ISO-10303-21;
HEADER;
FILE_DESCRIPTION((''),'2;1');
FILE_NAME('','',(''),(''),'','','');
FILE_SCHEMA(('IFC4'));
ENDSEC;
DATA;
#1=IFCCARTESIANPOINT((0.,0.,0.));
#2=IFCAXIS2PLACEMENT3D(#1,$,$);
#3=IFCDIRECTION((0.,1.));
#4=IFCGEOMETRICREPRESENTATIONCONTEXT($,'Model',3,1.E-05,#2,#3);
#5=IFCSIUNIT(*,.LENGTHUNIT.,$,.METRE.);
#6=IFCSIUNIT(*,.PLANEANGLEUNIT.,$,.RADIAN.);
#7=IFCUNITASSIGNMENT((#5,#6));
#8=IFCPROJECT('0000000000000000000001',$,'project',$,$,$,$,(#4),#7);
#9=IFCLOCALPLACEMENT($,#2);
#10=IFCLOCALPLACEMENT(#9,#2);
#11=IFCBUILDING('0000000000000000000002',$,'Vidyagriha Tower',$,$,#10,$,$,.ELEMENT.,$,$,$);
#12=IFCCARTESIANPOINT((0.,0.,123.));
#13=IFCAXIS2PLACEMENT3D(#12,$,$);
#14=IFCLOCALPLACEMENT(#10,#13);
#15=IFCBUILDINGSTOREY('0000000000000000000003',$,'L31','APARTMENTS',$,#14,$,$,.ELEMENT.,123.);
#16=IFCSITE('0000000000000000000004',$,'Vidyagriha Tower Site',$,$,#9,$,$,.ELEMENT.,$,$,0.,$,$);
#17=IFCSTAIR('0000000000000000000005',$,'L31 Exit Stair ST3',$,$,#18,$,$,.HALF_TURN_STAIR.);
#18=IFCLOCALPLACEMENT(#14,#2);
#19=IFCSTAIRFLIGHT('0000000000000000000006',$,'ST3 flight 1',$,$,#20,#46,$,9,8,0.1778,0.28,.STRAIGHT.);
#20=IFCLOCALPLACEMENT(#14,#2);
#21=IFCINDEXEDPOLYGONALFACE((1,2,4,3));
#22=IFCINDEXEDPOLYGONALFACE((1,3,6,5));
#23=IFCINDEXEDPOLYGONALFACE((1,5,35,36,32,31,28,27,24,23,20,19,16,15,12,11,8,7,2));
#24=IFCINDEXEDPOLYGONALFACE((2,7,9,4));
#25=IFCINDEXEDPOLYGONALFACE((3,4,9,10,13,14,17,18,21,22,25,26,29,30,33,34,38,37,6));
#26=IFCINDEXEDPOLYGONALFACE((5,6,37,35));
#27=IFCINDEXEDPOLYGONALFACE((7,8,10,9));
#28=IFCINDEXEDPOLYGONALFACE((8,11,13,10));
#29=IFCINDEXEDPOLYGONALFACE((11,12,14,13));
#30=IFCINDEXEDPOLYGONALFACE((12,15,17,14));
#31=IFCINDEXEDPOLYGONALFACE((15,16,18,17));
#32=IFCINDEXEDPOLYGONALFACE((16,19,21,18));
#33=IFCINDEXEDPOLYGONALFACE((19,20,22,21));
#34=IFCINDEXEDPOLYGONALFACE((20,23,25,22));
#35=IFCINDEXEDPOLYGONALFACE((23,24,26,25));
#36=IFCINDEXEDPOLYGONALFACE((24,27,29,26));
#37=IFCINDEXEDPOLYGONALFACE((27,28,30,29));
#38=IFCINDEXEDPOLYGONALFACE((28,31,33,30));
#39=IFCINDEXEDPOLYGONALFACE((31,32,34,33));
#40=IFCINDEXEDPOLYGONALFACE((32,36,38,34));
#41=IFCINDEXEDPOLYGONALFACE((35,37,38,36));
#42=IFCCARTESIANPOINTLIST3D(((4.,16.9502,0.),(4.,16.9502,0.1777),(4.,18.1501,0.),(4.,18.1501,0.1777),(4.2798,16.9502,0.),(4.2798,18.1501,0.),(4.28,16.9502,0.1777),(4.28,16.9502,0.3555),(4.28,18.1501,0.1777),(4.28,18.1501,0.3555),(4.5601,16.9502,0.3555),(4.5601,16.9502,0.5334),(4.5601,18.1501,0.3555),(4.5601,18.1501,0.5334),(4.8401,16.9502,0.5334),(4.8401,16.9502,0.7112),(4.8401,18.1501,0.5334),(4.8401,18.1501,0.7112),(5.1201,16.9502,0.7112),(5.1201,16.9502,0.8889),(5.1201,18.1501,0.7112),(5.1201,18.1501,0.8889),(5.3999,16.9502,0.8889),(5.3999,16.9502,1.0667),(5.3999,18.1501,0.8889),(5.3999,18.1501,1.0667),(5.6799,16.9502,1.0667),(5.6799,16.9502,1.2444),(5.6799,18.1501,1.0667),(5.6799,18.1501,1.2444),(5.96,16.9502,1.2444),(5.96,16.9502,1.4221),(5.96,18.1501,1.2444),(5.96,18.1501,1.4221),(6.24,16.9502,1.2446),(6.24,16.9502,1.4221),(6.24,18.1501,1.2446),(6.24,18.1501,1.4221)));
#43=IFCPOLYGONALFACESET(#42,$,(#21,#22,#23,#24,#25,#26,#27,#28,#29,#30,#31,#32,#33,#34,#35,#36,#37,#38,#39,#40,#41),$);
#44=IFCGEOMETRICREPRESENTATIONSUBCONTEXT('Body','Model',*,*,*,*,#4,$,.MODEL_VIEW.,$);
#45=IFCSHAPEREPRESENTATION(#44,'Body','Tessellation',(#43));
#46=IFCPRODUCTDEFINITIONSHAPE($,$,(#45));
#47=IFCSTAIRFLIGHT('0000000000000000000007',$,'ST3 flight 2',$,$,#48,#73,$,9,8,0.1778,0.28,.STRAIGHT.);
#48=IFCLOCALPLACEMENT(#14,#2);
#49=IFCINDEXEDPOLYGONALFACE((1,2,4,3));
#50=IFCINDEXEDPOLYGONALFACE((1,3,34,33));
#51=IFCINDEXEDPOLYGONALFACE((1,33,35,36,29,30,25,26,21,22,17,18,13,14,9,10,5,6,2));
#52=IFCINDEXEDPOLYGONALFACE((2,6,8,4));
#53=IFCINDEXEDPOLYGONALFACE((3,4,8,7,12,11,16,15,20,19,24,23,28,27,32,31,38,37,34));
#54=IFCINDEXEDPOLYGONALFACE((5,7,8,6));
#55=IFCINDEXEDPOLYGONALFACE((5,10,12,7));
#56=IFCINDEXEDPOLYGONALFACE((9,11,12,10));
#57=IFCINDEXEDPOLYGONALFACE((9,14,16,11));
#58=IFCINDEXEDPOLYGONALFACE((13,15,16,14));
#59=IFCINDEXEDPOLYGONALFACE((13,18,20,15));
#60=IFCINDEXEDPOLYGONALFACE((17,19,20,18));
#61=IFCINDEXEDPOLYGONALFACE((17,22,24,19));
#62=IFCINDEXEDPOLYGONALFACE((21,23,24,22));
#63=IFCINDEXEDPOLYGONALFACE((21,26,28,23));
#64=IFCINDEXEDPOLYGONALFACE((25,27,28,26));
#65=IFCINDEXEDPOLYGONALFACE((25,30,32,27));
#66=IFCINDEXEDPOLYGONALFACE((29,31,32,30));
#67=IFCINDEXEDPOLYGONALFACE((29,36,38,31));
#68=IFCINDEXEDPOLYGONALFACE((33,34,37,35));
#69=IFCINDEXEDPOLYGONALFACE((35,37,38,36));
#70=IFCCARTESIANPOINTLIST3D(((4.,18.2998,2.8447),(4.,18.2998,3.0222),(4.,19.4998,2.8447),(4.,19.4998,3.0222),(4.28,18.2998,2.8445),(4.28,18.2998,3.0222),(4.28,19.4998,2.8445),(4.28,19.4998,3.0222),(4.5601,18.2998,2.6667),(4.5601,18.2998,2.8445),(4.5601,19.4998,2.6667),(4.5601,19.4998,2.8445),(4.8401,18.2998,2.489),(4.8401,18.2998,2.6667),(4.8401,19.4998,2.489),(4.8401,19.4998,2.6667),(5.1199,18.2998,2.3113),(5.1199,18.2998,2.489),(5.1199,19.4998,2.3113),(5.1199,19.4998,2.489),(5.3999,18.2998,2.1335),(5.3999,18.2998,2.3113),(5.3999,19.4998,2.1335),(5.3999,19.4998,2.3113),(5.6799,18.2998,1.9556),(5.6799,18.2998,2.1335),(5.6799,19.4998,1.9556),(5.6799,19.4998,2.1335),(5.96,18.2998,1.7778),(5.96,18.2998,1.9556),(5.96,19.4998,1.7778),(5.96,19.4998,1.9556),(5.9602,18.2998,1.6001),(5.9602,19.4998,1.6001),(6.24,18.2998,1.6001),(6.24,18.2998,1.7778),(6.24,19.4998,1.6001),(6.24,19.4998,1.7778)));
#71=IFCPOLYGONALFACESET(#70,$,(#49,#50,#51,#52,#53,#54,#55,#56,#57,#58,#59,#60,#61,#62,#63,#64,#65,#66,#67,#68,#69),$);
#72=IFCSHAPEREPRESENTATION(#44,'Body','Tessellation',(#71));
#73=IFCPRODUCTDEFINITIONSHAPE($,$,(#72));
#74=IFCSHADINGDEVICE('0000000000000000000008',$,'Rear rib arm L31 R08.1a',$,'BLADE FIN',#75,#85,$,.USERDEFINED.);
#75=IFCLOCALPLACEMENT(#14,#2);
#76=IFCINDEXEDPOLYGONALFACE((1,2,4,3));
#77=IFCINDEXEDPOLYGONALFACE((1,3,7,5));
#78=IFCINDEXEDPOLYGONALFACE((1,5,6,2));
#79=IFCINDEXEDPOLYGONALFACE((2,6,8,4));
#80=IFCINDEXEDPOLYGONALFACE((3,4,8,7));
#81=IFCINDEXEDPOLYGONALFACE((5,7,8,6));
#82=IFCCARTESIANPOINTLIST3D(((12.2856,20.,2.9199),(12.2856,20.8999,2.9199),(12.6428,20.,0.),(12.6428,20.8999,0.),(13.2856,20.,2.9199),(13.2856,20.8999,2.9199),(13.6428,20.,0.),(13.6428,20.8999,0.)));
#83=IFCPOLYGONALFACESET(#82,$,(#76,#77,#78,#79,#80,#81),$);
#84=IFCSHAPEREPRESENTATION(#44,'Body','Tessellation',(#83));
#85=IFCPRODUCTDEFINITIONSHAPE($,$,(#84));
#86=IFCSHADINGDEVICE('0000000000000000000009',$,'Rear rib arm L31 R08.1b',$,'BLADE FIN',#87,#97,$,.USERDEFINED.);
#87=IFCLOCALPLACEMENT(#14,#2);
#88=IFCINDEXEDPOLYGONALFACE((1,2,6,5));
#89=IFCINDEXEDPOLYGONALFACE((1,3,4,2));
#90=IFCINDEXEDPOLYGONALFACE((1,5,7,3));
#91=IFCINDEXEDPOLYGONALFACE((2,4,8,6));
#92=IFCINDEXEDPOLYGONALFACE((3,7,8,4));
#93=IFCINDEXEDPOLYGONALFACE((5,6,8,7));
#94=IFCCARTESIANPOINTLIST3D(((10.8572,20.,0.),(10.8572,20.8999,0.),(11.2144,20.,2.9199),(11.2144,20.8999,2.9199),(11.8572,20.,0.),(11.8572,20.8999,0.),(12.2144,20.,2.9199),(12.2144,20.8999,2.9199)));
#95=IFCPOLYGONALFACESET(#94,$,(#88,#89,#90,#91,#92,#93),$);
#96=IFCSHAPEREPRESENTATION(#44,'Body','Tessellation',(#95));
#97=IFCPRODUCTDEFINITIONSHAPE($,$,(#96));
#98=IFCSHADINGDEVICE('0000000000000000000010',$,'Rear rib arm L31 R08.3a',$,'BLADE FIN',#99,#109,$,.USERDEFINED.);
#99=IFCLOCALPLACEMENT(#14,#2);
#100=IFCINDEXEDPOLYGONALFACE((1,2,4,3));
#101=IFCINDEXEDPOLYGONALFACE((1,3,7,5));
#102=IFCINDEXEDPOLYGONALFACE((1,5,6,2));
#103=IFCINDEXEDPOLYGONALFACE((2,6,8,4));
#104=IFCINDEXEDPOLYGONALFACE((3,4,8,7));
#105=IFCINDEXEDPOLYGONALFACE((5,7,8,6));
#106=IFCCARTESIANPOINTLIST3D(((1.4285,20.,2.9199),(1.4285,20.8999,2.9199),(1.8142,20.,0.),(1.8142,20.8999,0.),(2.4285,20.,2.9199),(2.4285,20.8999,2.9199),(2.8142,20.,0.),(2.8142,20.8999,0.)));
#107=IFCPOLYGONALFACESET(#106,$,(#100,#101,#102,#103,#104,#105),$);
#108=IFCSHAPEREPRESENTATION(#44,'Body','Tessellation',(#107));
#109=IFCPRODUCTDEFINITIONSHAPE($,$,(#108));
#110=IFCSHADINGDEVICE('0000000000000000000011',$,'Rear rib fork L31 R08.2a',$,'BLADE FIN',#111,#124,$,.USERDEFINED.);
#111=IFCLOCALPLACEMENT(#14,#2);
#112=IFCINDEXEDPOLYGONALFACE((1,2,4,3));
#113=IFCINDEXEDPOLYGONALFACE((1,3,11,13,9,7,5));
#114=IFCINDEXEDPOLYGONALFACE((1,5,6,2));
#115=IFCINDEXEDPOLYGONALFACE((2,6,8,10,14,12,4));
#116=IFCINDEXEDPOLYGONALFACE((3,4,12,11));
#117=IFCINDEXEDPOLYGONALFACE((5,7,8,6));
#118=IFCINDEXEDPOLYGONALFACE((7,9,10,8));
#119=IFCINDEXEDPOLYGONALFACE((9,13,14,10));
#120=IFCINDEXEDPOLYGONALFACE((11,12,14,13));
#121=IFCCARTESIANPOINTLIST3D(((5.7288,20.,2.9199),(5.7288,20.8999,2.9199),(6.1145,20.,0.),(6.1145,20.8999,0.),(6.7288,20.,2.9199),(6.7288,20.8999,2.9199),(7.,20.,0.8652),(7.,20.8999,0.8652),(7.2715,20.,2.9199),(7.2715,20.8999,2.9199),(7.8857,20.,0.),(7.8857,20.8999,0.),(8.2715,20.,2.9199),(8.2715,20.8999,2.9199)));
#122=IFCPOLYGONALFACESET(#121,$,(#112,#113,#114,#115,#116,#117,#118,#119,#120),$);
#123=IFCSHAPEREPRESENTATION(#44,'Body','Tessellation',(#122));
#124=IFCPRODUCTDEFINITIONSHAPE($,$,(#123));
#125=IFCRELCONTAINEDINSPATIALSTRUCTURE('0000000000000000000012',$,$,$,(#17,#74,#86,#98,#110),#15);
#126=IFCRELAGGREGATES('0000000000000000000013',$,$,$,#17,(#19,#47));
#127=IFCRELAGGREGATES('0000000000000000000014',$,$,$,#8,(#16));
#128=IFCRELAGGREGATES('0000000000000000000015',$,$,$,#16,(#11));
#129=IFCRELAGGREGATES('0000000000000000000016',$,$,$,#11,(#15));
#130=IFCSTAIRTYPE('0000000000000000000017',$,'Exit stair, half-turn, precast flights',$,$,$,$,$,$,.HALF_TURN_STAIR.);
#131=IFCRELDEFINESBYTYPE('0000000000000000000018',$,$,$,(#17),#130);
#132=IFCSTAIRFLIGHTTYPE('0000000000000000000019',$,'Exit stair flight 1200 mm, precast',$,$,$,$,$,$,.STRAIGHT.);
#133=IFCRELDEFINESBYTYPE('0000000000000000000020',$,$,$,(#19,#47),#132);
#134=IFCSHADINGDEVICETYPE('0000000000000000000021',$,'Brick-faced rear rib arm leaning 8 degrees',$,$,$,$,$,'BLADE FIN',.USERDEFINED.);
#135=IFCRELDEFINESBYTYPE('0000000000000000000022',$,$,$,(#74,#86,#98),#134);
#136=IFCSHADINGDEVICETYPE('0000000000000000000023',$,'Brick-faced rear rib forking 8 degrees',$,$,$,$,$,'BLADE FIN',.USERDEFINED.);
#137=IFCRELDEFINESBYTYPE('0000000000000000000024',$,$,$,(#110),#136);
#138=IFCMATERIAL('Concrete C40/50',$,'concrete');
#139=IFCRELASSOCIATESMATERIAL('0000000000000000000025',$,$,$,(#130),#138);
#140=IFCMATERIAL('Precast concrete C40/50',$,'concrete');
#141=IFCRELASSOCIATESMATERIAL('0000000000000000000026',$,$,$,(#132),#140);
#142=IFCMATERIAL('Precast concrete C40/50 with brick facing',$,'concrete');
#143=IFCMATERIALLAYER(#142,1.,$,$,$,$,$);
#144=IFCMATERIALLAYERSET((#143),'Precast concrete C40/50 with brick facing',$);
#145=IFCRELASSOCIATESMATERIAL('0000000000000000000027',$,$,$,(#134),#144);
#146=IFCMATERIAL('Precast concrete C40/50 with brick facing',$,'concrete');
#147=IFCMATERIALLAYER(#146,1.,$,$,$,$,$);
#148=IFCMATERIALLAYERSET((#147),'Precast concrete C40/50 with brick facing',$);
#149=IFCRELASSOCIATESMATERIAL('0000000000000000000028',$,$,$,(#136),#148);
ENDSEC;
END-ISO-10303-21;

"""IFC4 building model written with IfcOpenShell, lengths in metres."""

from ifc_helpers import new_model, si_unit, direction, frame, origin, place, context, subcontext, project, spatial, polyline, outline, extrude, material, layer, layer_set, type_object, element, aggregate, save


model = new_model("IFC4")

# Units and contexts
model_context = context("Model", 3, precision=1e-05, world=origin(), true_north=direction((0.0, 1.0)))
body_context = subcontext(model_context, "Body", "Model", "MODEL_VIEW")
ifc_project = project(units=[si_unit("LENGTHUNIT", "METRE"), si_unit("PLANEANGLEUNIT", "RADIAN")], contexts=[model_context])

# Site, building, storey
site_placement = place(None, origin())
site = spatial("IfcSite", under=ifc_project, at=site_placement, Name="Vidyagriha Tower Site", CompositionType="ELEMENT", RefElevation=0.0)
building_placement = place(site_placement, origin())
building = spatial("IfcBuilding", under=site, at=building_placement, Name="Vidyagriha Tower", CompositionType="ELEMENT")
storey_placement = place(building_placement, frame((0.0, 0.0, 123.0)))
storey = spatial("IfcBuildingStorey", under=building, at=storey_placement, Name="L31", Description="APARTMENTS", CompositionType="ELEMENT", Elevation=123.0)

# Shared definitions
ifc_material_1 = material(Name="Concrete C40/50", Category="concrete")
stair_type = type_object("IfcStairType", Name="Exit stair, half-turn, precast flights", PredefinedType="HALF_TURN_STAIR", material=ifc_material_1)
ifc_material_2 = material(Name="Precast concrete C40/50", Category="concrete")
stair_flight_type = type_object("IfcStairFlightType", Name="Exit stair flight 1200 mm, precast", PredefinedType="STRAIGHT", material=ifc_material_2)

# Stair, stair flights
stair_1_placement = place(storey_placement, origin())
stair_1 = element("IfcStair", 1, at=stair_1_placement, inside=storey, type_object=stair_type, Name="L31 Exit Stair ST3", PredefinedType="HALF_TURN_STAIR")
stair_flight_1_placement = place(storey_placement, frame((4.0, 17.55, 0.0)))
stair_flight_1 = element("IfcStairFlight", 2, at=stair_flight_1_placement, type_object=stair_flight_type, Name="ST3 flight 1", NumberOfRisers=9, NumberOfTreads=8, PredefinedType="STRAIGHT", RiserHeight=0.1778, TreadLength=0.28, context=body_context, shape_type="SweptSolid", body=[
    extrude(outline(polyline([(0.0, 0.0), (0.0, 0.1777), (0.28, 0.1777), (0.28, 0.3555), (0.5601, 0.3555), (0.5601, 0.5334), (0.8401, 0.5334), (0.8401, 0.7112), (1.1201, 0.7112), (1.1201, 0.8889), (1.3999, 0.8889), (1.3999, 1.0667), (1.6799, 1.0667), (1.6799, 1.2444), (1.96, 1.2444), (1.96, 1.4221), (2.24, 1.4221), (2.24, 1.6001), (2.24, 1.2446), (0.2798, 0.0), (0.0, 0.0)])), frame((0.0, 0.6001, 0.0), z_axis=(0.0, -1.0, 0.0), x_axis=(1.0, 0.0, 0.0)), (0.0, 0.0, 1.0), 1.2),
])
stair_flight_2_placement = place(storey_placement, frame((6.24, 18.8999, 1.6001), z_axis=(0.0, 0.0, 1.0), x_axis=(-1.0, 0.0, 0.0)))
stair_flight_2 = element("IfcStairFlight", 3, at=stair_flight_2_placement, type_object=stair_flight_type, Name="ST3 flight 2", NumberOfRisers=9, NumberOfTreads=8, PredefinedType="STRAIGHT", RiserHeight=0.1778, TreadLength=0.28, context=body_context, shape_type="SweptSolid", body=[
    extrude(outline(polyline([(0.0, 0.0), (0.0, 0.1777), (0.28, 0.1777), (0.28, 0.3555), (0.5601, 0.3555), (0.5601, 0.5334), (0.8401, 0.5334), (0.8401, 0.7112), (1.1201, 0.7112), (1.1201, 0.8889), (1.3999, 0.8889), (1.3999, 1.0667), (1.6799, 1.0667), (1.6799, 1.2444), (1.96, 1.2444), (1.96, 1.4221), (2.24, 1.4221), (2.24, 1.6001), (2.24, 1.2446), (0.2798, 0.0), (0.0, 0.0)])), frame((0.0, 0.6001, 0.0), z_axis=(0.0, -1.0, 0.0), x_axis=(1.0, 0.0, 0.0)), (0.0, 0.0, 1.0), 1.2),
])
aggregate(stair_1, [stair_flight_1, stair_flight_2])

# Shading devices
ifc_material_3 = material(Name="Precast concrete C40/50 with brick facing", Category="concrete")
ifc_layer_1 = layer(ifc_material_3, 1.0)
ifc_layer_set_1 = layer_set([ifc_layer_1], Name="Precast concrete C40/50 with brick facing")
shading_device_type_1 = type_object("IfcShadingDeviceType", Name="Brick-faced rear rib arm leaning 8 degrees", ElementType="BLADE FIN", PredefinedType="USERDEFINED", material=ifc_layer_set_1)
shading_device_1_placement = place(storey_placement, frame((13.6428, 20.45, 0.0), z_axis=(0.0, 0.0, 1.0), x_axis=(-1.0, 0.0, 0.0)))
element("IfcShadingDevice", 4, at=shading_device_1_placement, inside=storey, type_object=shading_device_type_1, Name="Rear rib arm L31 R08.1a", ObjectType="BLADE FIN", PredefinedType="USERDEFINED", context=body_context, shape_type="SweptSolid", body=[
    extrude(outline(polyline([(0.0, 0.0), (1.0, 0.0), (1.3572, 2.9199), (0.3572, 2.9199), (0.0, 0.0)])), frame((0.0, 0.45, 0.0), z_axis=(0.0, -1.0, 0.0), x_axis=(1.0, 0.0, 0.0)), (0.0, 0.0, 1.0), 0.8999),
])
shading_device_2_placement = place(storey_placement, frame((12.2144, 20.45, 0.0), z_axis=(0.0, 0.0, 1.0), x_axis=(-1.0, 0.0, 0.0)))
element("IfcShadingDevice", 5, at=shading_device_2_placement, inside=storey, type_object=shading_device_type_1, Name="Rear rib arm L31 R08.1b", ObjectType="BLADE FIN", PredefinedType="USERDEFINED", context=body_context, shape_type="SweptSolid", body=[
    extrude(outline(polyline([(0.3572, 0.0), (1.3572, 0.0), (1.0, 2.9199), (0.0, 2.9199), (0.3572, 0.0)])), frame((0.0, 0.45, 0.0), z_axis=(0.0, -1.0, 0.0), x_axis=(1.0, 0.0, 0.0)), (0.0, 0.0, 1.0), 0.8999),
])
shading_device_3_placement = place(storey_placement, frame((2.8142, 20.45, 0.0), z_axis=(0.0, 0.0, 1.0), x_axis=(-1.0, 0.0, 0.0)))
element("IfcShadingDevice", 6, at=shading_device_3_placement, inside=storey, type_object=shading_device_type_1, Name="Rear rib arm L31 R08.3a", ObjectType="BLADE FIN", PredefinedType="USERDEFINED", context=body_context, shape_type="SweptSolid", body=[
    extrude(outline(polyline([(0.0, 0.0), (1.0, 0.0), (1.3857, 2.9199), (0.3857, 2.9199), (0.0, 0.0)])), frame((0.0, 0.45, 0.0), z_axis=(0.0, -1.0, 0.0), x_axis=(1.0, 0.0, 0.0)), (0.0, 0.0, 1.0), 0.8999),
])
ifc_material_4 = material(Name="Precast concrete C40/50 with brick facing", Category="concrete")
ifc_layer_2 = layer(ifc_material_4, 1.0)
ifc_layer_set_2 = layer_set([ifc_layer_2], Name="Precast concrete C40/50 with brick facing")
shading_device_type_2 = type_object("IfcShadingDeviceType", Name="Brick-faced rear rib forking 8 degrees", ElementType="BLADE FIN", PredefinedType="USERDEFINED", material=ifc_layer_set_2)
shading_device_4_placement = place(storey_placement, frame((8.2715, 20.45, 0.0), z_axis=(0.0, 0.0, 1.0), x_axis=(-1.0, 0.0, 0.0)))
element("IfcShadingDevice", 7, at=shading_device_4_placement, inside=storey, type_object=shading_device_type_2, Name="Rear rib fork L31 R08.2a", ObjectType="BLADE FIN", PredefinedType="USERDEFINED", context=body_context, shape_type="SweptSolid", body=[
    extrude(outline(polyline([(0.3857, 0.0), (2.157, 0.0), (2.5427, 2.9199), (1.5427, 2.9199), (1.2715, 0.8652), (1.0, 2.9199), (0.0, 2.9199), (0.3857, 0.0)])), frame((0.0, 0.45, 0.0), z_axis=(0.0, -1.0, 0.0), x_axis=(1.0, 0.0, 0.0)), (0.0, 0.0, 1.0), 0.8999),
])

save(model, "model.ifc")
